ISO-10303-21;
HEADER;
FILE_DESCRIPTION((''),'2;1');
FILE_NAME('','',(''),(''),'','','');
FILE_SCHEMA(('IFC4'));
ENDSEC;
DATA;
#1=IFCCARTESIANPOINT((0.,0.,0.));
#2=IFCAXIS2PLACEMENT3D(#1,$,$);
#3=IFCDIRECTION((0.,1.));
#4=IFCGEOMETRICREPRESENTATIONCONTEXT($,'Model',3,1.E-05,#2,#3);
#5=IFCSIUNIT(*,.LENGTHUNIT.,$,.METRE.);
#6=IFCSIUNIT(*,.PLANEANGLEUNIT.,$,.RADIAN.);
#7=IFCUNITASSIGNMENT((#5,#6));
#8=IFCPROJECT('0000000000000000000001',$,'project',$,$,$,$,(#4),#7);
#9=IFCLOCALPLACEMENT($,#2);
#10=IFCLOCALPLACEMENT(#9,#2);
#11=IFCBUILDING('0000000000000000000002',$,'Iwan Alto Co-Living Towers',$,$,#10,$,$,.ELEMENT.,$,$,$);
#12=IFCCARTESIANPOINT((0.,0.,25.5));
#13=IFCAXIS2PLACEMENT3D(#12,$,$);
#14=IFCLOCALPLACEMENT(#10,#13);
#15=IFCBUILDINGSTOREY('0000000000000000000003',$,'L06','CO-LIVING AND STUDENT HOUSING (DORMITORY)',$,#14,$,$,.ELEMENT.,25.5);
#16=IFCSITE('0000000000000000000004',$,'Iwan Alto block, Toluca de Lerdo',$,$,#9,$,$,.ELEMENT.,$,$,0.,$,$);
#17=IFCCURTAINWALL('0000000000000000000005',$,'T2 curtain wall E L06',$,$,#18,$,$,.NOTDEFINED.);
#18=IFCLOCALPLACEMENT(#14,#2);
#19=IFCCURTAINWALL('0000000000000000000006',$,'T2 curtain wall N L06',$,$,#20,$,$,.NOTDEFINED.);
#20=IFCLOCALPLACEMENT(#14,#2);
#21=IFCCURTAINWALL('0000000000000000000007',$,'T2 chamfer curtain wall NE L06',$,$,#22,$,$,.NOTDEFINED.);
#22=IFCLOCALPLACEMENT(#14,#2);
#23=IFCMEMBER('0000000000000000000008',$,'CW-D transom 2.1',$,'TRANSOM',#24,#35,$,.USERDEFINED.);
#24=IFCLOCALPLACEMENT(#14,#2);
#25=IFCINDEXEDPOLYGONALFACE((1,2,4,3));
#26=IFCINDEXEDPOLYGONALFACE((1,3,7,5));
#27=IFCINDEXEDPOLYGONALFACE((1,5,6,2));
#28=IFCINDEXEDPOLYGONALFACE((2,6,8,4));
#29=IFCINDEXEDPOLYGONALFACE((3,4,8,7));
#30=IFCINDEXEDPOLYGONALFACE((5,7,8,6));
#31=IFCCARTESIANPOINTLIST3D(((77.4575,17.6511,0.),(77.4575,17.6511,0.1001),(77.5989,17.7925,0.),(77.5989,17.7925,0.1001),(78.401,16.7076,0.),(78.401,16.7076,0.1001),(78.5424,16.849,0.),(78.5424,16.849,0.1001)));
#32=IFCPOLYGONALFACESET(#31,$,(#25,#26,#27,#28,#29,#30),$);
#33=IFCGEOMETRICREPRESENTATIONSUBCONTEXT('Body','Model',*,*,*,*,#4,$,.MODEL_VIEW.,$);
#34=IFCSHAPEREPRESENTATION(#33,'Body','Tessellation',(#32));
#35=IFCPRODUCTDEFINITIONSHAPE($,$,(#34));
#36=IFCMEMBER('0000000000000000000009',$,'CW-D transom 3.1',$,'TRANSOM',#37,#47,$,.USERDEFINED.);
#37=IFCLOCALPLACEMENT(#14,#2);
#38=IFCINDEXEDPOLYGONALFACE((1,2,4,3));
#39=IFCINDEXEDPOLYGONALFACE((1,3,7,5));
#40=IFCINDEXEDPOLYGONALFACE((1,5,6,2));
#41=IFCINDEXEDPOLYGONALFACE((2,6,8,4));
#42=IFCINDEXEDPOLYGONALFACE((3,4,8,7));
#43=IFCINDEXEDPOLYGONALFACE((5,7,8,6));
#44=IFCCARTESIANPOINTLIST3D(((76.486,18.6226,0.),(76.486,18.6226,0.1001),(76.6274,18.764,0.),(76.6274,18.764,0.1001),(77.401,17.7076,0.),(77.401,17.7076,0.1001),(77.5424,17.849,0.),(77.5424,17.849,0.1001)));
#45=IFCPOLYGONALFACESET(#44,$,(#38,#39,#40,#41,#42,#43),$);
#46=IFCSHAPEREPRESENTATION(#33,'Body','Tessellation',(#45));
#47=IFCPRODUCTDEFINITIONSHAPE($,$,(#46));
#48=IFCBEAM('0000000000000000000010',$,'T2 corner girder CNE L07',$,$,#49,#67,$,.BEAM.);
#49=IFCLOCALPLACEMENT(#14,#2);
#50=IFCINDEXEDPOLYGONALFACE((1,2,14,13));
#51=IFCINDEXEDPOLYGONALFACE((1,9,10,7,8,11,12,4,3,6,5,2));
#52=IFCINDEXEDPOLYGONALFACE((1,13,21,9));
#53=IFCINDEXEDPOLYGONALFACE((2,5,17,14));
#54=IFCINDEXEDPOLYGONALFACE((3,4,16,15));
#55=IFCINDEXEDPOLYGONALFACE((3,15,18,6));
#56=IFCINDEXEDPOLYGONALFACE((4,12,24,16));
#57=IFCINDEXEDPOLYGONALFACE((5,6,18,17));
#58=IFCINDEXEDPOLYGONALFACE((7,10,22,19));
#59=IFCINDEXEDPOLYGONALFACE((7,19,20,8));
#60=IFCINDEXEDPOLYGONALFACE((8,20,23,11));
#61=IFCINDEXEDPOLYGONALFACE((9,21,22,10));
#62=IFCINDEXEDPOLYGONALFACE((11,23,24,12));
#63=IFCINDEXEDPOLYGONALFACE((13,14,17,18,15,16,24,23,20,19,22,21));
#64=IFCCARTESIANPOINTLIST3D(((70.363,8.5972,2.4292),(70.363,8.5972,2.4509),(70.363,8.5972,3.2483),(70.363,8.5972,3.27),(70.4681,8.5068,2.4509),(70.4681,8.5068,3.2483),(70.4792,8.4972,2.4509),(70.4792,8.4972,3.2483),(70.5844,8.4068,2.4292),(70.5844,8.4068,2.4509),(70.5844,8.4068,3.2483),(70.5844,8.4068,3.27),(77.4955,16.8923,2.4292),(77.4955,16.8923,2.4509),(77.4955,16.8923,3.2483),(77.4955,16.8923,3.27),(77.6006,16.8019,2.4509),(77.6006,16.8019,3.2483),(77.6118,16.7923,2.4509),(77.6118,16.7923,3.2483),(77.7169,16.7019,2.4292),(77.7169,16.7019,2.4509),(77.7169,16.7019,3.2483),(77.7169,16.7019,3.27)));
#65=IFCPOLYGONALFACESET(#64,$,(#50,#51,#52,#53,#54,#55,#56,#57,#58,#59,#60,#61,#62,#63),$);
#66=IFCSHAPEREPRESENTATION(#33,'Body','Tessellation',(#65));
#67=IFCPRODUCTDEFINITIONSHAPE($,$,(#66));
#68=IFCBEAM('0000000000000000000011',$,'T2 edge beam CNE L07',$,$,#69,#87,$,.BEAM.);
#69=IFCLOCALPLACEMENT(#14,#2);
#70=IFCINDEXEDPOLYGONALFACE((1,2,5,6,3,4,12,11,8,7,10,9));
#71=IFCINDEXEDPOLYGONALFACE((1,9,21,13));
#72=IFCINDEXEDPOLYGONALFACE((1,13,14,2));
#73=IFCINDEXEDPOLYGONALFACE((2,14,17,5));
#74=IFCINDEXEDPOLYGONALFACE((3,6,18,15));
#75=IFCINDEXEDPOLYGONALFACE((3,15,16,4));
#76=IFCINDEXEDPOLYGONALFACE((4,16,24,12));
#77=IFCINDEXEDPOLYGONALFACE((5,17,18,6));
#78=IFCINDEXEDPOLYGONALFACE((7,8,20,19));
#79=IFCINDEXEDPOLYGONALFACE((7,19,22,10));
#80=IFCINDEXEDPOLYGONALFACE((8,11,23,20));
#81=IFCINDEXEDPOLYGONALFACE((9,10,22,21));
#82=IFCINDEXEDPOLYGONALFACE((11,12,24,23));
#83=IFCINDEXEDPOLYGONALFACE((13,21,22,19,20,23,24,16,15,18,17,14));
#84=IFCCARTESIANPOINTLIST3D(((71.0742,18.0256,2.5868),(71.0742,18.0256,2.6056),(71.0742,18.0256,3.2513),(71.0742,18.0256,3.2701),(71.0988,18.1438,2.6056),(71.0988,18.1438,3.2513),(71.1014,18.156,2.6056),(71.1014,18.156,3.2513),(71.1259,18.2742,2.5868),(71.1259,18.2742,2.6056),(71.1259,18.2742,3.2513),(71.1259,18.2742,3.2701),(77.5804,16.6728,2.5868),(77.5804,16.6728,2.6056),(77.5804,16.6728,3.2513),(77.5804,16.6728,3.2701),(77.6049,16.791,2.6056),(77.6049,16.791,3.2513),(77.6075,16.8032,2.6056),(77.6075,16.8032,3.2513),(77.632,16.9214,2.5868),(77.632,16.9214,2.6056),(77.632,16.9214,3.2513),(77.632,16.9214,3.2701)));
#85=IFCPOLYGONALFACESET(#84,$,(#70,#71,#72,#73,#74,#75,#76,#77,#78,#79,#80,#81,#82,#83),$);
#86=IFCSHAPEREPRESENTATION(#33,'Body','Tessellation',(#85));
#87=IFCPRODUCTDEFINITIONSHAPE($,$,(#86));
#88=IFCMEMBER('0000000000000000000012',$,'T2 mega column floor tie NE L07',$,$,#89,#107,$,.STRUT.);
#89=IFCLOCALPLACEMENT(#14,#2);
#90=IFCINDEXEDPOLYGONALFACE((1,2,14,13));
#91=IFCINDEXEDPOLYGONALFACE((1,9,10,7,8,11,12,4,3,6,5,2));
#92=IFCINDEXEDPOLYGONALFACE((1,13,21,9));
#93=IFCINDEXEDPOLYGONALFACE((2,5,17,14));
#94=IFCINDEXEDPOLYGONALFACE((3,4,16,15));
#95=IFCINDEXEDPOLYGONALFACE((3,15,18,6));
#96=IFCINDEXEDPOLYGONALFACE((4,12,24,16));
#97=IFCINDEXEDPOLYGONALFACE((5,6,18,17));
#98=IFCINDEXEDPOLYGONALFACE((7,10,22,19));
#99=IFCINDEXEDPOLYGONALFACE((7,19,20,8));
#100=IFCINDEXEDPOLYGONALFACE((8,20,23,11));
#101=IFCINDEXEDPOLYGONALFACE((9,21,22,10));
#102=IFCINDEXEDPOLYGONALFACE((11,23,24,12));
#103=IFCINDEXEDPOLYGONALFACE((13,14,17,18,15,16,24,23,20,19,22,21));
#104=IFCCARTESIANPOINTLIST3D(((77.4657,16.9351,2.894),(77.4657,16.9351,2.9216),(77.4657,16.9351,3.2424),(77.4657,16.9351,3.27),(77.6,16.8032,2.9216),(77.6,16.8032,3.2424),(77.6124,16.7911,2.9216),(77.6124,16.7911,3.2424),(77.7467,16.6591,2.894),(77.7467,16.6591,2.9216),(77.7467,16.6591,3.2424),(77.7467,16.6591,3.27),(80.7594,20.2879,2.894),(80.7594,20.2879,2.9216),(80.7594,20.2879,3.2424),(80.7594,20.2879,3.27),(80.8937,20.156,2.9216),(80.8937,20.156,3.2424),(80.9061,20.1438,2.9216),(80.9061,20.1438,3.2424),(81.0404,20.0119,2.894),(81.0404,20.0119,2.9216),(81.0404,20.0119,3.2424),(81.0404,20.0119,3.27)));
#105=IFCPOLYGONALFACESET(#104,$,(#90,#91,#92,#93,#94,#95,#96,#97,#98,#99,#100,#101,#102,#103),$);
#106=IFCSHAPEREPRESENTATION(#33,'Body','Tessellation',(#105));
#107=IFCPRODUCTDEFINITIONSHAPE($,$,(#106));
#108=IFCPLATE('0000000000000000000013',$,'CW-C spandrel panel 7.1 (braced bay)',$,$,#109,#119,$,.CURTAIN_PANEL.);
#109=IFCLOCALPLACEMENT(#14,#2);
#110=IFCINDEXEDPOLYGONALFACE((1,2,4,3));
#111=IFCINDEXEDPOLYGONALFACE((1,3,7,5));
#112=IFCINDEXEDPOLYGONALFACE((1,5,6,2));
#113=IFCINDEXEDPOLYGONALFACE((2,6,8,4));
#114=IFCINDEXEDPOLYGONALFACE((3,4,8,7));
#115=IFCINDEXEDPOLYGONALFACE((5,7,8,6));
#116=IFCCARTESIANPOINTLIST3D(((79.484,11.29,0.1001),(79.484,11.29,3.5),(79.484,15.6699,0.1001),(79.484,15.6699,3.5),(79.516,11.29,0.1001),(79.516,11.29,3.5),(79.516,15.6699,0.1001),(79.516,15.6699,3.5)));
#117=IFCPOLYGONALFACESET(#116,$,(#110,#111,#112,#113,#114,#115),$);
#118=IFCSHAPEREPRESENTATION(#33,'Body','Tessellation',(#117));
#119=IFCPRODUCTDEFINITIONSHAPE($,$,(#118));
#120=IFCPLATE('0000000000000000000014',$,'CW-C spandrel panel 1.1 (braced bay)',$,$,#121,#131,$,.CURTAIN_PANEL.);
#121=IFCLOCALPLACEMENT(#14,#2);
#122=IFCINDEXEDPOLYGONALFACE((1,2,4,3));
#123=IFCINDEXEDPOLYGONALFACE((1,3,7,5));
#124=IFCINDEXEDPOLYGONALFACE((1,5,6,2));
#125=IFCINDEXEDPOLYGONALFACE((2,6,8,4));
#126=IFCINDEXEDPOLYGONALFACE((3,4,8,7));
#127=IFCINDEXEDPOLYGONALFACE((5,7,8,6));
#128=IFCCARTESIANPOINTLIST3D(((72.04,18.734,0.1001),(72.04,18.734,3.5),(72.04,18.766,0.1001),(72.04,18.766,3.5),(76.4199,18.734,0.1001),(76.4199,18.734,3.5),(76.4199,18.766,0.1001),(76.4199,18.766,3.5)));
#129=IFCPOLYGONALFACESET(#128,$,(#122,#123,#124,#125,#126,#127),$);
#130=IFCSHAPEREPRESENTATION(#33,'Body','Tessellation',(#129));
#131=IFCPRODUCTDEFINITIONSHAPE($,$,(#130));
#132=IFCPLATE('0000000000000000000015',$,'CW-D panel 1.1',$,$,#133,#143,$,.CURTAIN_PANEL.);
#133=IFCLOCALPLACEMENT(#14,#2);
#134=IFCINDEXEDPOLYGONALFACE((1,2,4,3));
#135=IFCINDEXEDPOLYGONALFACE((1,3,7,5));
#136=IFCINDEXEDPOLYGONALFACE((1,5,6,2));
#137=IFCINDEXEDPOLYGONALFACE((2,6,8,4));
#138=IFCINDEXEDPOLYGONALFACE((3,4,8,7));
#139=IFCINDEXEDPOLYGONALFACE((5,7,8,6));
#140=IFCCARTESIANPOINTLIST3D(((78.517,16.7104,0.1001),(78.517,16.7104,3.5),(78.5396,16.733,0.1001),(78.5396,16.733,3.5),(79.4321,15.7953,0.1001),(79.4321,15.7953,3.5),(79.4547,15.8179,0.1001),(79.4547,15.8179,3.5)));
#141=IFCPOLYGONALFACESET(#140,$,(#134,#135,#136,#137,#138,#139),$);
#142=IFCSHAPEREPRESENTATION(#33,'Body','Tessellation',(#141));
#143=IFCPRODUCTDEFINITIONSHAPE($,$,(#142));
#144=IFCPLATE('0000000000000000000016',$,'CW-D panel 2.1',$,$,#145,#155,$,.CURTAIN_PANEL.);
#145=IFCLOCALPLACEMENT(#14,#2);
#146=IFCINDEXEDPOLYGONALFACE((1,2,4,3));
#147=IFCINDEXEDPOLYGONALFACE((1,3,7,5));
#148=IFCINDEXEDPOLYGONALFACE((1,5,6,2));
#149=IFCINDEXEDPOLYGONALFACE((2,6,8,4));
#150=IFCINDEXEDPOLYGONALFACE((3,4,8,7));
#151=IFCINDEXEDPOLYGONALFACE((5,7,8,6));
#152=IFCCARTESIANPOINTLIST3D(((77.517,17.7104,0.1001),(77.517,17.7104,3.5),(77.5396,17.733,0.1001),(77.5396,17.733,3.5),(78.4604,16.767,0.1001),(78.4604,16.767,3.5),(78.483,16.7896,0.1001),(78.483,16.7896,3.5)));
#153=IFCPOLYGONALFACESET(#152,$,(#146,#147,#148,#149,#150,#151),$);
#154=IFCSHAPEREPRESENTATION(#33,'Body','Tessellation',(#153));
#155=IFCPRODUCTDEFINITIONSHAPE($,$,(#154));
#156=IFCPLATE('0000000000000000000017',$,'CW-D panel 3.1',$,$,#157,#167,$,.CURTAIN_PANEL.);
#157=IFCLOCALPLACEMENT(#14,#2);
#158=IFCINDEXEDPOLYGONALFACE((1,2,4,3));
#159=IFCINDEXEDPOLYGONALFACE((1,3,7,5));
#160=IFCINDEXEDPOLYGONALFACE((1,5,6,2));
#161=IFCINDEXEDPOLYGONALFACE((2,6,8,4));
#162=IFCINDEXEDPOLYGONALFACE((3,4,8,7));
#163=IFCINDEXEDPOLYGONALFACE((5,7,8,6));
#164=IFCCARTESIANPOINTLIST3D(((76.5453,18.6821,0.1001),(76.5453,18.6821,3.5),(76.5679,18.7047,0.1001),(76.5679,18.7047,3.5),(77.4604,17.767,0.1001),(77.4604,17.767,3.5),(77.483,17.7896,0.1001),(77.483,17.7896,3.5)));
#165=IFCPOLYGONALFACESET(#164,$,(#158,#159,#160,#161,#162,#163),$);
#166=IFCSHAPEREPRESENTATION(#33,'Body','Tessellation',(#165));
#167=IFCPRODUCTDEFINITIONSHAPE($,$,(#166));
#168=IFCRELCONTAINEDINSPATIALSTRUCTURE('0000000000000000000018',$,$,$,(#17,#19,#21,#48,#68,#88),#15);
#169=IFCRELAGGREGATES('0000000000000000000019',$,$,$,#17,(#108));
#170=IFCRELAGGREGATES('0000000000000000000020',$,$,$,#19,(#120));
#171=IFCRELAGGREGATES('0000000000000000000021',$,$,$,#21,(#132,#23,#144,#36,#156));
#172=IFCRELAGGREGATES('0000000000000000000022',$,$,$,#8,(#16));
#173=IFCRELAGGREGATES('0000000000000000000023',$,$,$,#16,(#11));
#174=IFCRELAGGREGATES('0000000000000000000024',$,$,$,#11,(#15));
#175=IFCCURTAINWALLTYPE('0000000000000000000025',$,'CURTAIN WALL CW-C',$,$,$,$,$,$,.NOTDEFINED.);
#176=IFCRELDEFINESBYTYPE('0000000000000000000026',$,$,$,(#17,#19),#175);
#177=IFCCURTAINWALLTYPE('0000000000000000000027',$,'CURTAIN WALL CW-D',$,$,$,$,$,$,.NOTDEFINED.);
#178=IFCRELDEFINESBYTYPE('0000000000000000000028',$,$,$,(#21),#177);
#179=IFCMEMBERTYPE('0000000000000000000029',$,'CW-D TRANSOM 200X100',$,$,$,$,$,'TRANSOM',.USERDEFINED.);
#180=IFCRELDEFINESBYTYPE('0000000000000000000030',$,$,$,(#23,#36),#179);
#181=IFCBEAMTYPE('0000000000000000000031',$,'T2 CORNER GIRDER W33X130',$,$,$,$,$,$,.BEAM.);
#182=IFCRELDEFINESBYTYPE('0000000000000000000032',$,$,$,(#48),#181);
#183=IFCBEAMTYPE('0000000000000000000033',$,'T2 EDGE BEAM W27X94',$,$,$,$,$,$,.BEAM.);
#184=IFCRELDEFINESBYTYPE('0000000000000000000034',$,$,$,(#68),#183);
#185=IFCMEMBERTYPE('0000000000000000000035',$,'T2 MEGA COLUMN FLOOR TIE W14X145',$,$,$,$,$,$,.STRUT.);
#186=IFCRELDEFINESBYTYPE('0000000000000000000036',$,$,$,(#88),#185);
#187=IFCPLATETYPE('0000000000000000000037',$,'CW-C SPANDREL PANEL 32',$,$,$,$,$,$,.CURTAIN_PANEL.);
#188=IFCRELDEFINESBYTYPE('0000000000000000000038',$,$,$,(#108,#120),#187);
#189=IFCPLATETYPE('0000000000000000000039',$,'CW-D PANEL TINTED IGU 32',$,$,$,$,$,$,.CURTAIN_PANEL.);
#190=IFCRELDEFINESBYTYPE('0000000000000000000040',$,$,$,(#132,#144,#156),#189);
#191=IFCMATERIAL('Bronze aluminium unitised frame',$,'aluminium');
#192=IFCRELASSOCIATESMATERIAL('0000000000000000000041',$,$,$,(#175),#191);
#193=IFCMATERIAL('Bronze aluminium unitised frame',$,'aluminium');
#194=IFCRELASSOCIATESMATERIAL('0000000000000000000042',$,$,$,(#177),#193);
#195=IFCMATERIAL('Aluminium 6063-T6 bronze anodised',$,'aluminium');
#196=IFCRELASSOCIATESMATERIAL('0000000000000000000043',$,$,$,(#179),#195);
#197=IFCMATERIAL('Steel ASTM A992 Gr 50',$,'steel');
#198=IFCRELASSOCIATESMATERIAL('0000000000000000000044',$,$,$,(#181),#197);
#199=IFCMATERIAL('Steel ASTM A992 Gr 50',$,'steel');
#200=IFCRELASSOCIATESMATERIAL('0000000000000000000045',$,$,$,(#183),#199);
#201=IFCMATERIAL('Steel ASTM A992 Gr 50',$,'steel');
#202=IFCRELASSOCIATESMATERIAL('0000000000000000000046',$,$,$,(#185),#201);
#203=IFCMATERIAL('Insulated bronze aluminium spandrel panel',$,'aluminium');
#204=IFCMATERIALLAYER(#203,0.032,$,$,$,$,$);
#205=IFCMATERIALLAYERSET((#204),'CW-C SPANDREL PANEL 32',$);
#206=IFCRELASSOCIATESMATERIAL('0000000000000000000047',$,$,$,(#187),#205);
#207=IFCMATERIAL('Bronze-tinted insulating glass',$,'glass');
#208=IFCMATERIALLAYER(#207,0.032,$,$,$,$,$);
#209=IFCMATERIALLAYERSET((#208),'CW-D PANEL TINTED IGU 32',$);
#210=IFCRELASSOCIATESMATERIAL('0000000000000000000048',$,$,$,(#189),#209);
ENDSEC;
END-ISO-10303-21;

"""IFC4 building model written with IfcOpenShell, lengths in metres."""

from ifc_helpers import new_model, si_unit, direction, frame, origin, origin_2d, place, context, subcontext, project, spatial, rectangle, i_section, extrude, material, layer, layer_set, material_profile, profile_set, type_object, element, aggregate, save


model = new_model("IFC4")

# Units and contexts
model_context = context("Model", 3, precision=1e-05, world=origin(), true_north=direction((0.0, 1.0)))
body_context = subcontext(model_context, "Body", "Model", "MODEL_VIEW")
ifc_project = project(units=[si_unit("LENGTHUNIT", "METRE"), si_unit("PLANEANGLEUNIT", "RADIAN")], contexts=[model_context])

# Site, building, storey
site_placement = place(None, origin())
site = spatial("IfcSite", under=ifc_project, at=site_placement, Name="Iwan Alto block, Toluca de Lerdo", CompositionType="ELEMENT", RefElevation=0.0)
building_placement = place(site_placement, origin())
building = spatial("IfcBuilding", under=site, at=building_placement, Name="Iwan Alto Co-Living Towers", CompositionType="ELEMENT")
storey_placement = place(building_placement, frame((0.0, 0.0, 25.5)))
storey = spatial("IfcBuildingStorey", under=building, at=storey_placement, Name="L06", Description="CO-LIVING AND STUDENT HOUSING (DORMITORY)", CompositionType="ELEMENT", Elevation=25.5)

# Curtain wall
ifc_material_1 = material(Name="Bronze aluminium unitised frame", Category="aluminium")
curtain_wall_type_1 = type_object("IfcCurtainWallType", Name="CURTAIN WALL CW-C", PredefinedType="NOTDEFINED", material=ifc_material_1)
curtain_wall_1_placement = place(storey_placement, origin())
curtain_wall_1 = element("IfcCurtainWall", 1, at=curtain_wall_1_placement, inside=storey, type_object=curtain_wall_type_1, Name="T2 curtain wall E L06", PredefinedType="NOTDEFINED")

# Curtain walls, members
curtain_wall_2_placement = place(storey_placement, origin())
curtain_wall_2 = element("IfcCurtainWall", 2, at=curtain_wall_2_placement, inside=storey, type_object=curtain_wall_type_1, Name="T2 curtain wall N L06", PredefinedType="NOTDEFINED")
ifc_material_2 = material(Name="Bronze aluminium unitised frame", Category="aluminium")
curtain_wall_type_2 = type_object("IfcCurtainWallType", Name="CURTAIN WALL CW-D", PredefinedType="NOTDEFINED", material=ifc_material_2)
curtain_wall_3_placement = place(storey_placement, origin())
curtain_wall_3 = element("IfcCurtainWall", 3, at=curtain_wall_3_placement, inside=storey, type_object=curtain_wall_type_2, Name="T2 chamfer curtain wall NE L06", PredefinedType="NOTDEFINED")
ifc_material_3 = material(Name="Aluminium 6063-T6 bronze anodised", Category="aluminium")
ifc_material_profile_1 = material_profile(ifc_material_3, rectangle(XDim=0.2, YDim=0.1001, at=origin_2d()), Name="AL 200X100")
ifc_profile_set_1 = profile_set([ifc_material_profile_1], Name="Aluminium 6063-T6 bronze anodised")
member_type_1 = type_object("IfcMemberType", Name="CW-D TRANSOM 200X100", ElementType="TRANSOM", PredefinedType="USERDEFINED", material=ifc_profile_set_1)
member_1_placement = place(storey_placement, frame((78.4717, 16.7783, 0.05), z_axis=(-0.707107, 0.707107, 0.0), x_axis=(-0.707107, -0.707107, 0.0)))
member_1 = element("IfcMember", 4, at=member_1_placement, type_object=member_type_1, Name="CW-D transom 2.1", ObjectType="TRANSOM", PredefinedType="USERDEFINED", context=body_context, shape_type="SweptSolid", body=[
    extrude(rectangle(XDim=0.2, YDim=0.1001, at=origin_2d()), origin(), (0.0, 0.0, 1.0), 1.3342),
])
member_2_placement = place(storey_placement, frame((77.4717, 17.7783, 0.05), z_axis=(-0.707107, 0.707107, 0.0), x_axis=(-0.707107, -0.707107, 0.0)))
member_2 = element("IfcMember", 5, at=member_2_placement, type_object=member_type_1, Name="CW-D transom 3.1", ObjectType="TRANSOM", PredefinedType="USERDEFINED", context=body_context, shape_type="SweptSolid", body=[
    extrude(rectangle(XDim=0.2, YDim=0.1001, at=origin_2d()), origin(), (0.0, 0.0, 1.0), 1.2939),
])

# Beams
ifc_material_4 = material(Name="Steel ASTM A992 Gr 50", Category="steel")
ifc_material_profile_2 = material_profile(ifc_material_4, i_section(OverallWidth=0.292, OverallDepth=0.8408, WebThickness=0.0146, FlangeThickness=0.0217, at=origin_2d()), Name="W33X130")
ifc_profile_set_2 = profile_set([ifc_material_profile_2], Name="Steel ASTM A992 Gr 50")
beam_type_1 = type_object("IfcBeamType", Name="T2 CORNER GIRDER W33X130", PredefinedType="BEAM", material=ifc_profile_set_2)
beam_1_placement = place(storey_placement, frame((77.6062, 16.7971, 2.8496), z_axis=(-0.651972, -0.758243, 0.0), x_axis=(0.758243, -0.651972, 0.0)))
element("IfcBeam", 6, at=beam_1_placement, inside=storey, type_object=beam_type_1, Name="T2 corner girder CNE L07", PredefinedType="BEAM", context=body_context, shape_type="SweptSolid", body=[
    extrude(i_section(OverallWidth=0.292, OverallDepth=0.8408, WebThickness=0.0146, FlangeThickness=0.0217, at=origin_2d()), origin(), (0.0, 0.0, 1.0), 10.9399),
])
ifc_material_5 = material(Name="Steel ASTM A992 Gr 50", Category="steel")
ifc_material_profile_3 = material_profile(ifc_material_5, i_section(OverallWidth=0.2539, OverallDepth=0.6833, WebThickness=0.0125, FlangeThickness=0.0188, at=origin_2d()), Name="W27X94")
ifc_profile_set_3 = profile_set([ifc_material_profile_3], Name="Steel ASTM A992 Gr 50")
beam_type_2 = type_object("IfcBeamType", Name="T2 EDGE BEAM W27X94", PredefinedType="BEAM", material=ifc_profile_set_3)
beam_2_placement = place(storey_placement, frame((77.6062, 16.7971, 2.9285), z_axis=(-0.97906, 0.203571, 0.0), x_axis=(-0.203571, -0.97906, 0.0)))
element("IfcBeam", 7, at=beam_2_placement, inside=storey, type_object=beam_type_2, Name="T2 edge beam CNE L07", PredefinedType="BEAM", context=body_context, shape_type="SweptSolid", body=[
    extrude(i_section(OverallWidth=0.2539, OverallDepth=0.6833, WebThickness=0.0125, FlangeThickness=0.0188, at=origin_2d()), origin(), (0.0, 0.0, 1.0), 6.6453),
])

# Member
ifc_material_6 = material(Name="Steel ASTM A992 Gr 50", Category="steel")
ifc_material_profile_4 = material_profile(ifc_material_6, i_section(OverallWidth=0.3938, OverallDepth=0.376, WebThickness=0.0173, FlangeThickness=0.0276, at=origin_2d()), Name="W14X145")
ifc_profile_set_4 = profile_set([ifc_material_profile_4], Name="Steel ASTM A992 Gr 50")
member_type_2 = type_object("IfcMemberType", Name="T2 MEGA COLUMN FLOOR TIE W14X145", PredefinedType="STRUT", material=ifc_profile_set_4)
member_3_placement = place(storey_placement, frame((80.8999, 20.1499, 3.082), z_axis=(-0.700793, -0.713364, 0.0), x_axis=(0.713364, -0.700793, 0.0)))
element("IfcMember", 8, at=member_3_placement, inside=storey, type_object=member_type_2, Name="T2 mega column floor tie NE L07", PredefinedType="STRUT", context=body_context, shape_type="SweptSolid", body=[
    extrude(i_section(OverallWidth=0.3938, OverallDepth=0.376, WebThickness=0.0173, FlangeThickness=0.0276, at=origin_2d()), origin(), (0.0, 0.0, 1.0), 4.7),
])

# Plates
ifc_material_7 = material(Name="Insulated bronze aluminium spandrel panel", Category="aluminium")
ifc_layer_1 = layer(ifc_material_7, 0.032)
ifc_layer_set_1 = layer_set([ifc_layer_1], Name="CW-C SPANDREL PANEL 32")
plate_type_1 = type_object("IfcPlateType", Name="CW-C SPANDREL PANEL 32", PredefinedType="CURTAIN_PANEL", material=ifc_layer_set_1)
plate_1_placement = place(storey_placement, frame((79.5, 13.48, 0.1001), z_axis=(0.0, 0.0, 1.0), x_axis=(0.0, 1.0, 0.0)))
plate_1 = element("IfcPlate", 9, at=plate_1_placement, type_object=plate_type_1, Name="CW-C spandrel panel 7.1 (braced bay)", PredefinedType="CURTAIN_PANEL", context=body_context, shape_type="SweptSolid", body=[
    extrude(rectangle(XDim=4.3799, YDim=0.032, at=origin_2d()), origin(), (0.0, 0.0, 1.0), 3.3999),
])
aggregate(curtain_wall_1, [plate_1])
plate_2_placement = place(storey_placement, frame((74.23, 18.75, 0.1001), z_axis=(0.0, 0.0, 1.0), x_axis=(-1.0, 0.0, 0.0)))
plate_2 = element("IfcPlate", 10, at=plate_2_placement, type_object=plate_type_1, Name="CW-C spandrel panel 1.1 (braced bay)", PredefinedType="CURTAIN_PANEL", context=body_context, shape_type="SweptSolid", body=[
    extrude(rectangle(XDim=4.3799, YDim=0.032, at=origin_2d()), origin(), (0.0, 0.0, 1.0), 3.3999),
])
aggregate(curtain_wall_2, [plate_2])
ifc_material_8 = material(Name="Bronze-tinted insulating glass", Category="glass")
ifc_layer_2 = layer(ifc_material_8, 0.032)
ifc_layer_set_2 = layer_set([ifc_layer_2], Name="CW-D PANEL TINTED IGU 32")
plate_type_2 = type_object("IfcPlateType", Name="CW-D PANEL TINTED IGU 32", PredefinedType="CURTAIN_PANEL", material=ifc_layer_set_2)
plate_3_placement = place(storey_placement, frame((78.9858, 16.2642, 0.1001), z_axis=(0.0, 0.0, 1.0), x_axis=(-0.707107, 0.707107, 0.0)))
plate_3 = element("IfcPlate", 11, at=plate_3_placement, type_object=plate_type_2, Name="CW-D panel 1.1", PredefinedType="CURTAIN_PANEL", context=body_context, shape_type="SweptSolid", body=[
    extrude(rectangle(XDim=1.2942, YDim=0.032, at=origin_2d()), origin(), (0.0, 0.0, 1.0), 3.3999),
])
plate_4_placement = place(storey_placement, frame((78.0, 17.25, 0.1001), z_axis=(0.0, 0.0, 1.0), x_axis=(-0.707107, 0.707107, 0.0)))
plate_4 = element("IfcPlate", 12, at=plate_4_placement, type_object=plate_type_2, Name="CW-D panel 2.1", PredefinedType="CURTAIN_PANEL", context=body_context, shape_type="SweptSolid", body=[
    extrude(rectangle(XDim=1.3342, YDim=0.032, at=origin_2d()), origin(), (0.0, 0.0, 1.0), 3.3999),
])
plate_5_placement = place(storey_placement, frame((77.0142, 18.2358, 0.1001), z_axis=(0.0, 0.0, 1.0), x_axis=(-0.707107, 0.707107, 0.0)))
plate_5 = element("IfcPlate", 13, at=plate_5_placement, type_object=plate_type_2, Name="CW-D panel 3.1", PredefinedType="CURTAIN_PANEL", context=body_context, shape_type="SweptSolid", body=[
    extrude(rectangle(XDim=1.2942, YDim=0.032, at=origin_2d()), origin(), (0.0, 0.0, 1.0), 3.3999),
])
aggregate(curtain_wall_3, [plate_3, member_1, plate_4, member_2, plate_5])

save(model, "model.ifc")
